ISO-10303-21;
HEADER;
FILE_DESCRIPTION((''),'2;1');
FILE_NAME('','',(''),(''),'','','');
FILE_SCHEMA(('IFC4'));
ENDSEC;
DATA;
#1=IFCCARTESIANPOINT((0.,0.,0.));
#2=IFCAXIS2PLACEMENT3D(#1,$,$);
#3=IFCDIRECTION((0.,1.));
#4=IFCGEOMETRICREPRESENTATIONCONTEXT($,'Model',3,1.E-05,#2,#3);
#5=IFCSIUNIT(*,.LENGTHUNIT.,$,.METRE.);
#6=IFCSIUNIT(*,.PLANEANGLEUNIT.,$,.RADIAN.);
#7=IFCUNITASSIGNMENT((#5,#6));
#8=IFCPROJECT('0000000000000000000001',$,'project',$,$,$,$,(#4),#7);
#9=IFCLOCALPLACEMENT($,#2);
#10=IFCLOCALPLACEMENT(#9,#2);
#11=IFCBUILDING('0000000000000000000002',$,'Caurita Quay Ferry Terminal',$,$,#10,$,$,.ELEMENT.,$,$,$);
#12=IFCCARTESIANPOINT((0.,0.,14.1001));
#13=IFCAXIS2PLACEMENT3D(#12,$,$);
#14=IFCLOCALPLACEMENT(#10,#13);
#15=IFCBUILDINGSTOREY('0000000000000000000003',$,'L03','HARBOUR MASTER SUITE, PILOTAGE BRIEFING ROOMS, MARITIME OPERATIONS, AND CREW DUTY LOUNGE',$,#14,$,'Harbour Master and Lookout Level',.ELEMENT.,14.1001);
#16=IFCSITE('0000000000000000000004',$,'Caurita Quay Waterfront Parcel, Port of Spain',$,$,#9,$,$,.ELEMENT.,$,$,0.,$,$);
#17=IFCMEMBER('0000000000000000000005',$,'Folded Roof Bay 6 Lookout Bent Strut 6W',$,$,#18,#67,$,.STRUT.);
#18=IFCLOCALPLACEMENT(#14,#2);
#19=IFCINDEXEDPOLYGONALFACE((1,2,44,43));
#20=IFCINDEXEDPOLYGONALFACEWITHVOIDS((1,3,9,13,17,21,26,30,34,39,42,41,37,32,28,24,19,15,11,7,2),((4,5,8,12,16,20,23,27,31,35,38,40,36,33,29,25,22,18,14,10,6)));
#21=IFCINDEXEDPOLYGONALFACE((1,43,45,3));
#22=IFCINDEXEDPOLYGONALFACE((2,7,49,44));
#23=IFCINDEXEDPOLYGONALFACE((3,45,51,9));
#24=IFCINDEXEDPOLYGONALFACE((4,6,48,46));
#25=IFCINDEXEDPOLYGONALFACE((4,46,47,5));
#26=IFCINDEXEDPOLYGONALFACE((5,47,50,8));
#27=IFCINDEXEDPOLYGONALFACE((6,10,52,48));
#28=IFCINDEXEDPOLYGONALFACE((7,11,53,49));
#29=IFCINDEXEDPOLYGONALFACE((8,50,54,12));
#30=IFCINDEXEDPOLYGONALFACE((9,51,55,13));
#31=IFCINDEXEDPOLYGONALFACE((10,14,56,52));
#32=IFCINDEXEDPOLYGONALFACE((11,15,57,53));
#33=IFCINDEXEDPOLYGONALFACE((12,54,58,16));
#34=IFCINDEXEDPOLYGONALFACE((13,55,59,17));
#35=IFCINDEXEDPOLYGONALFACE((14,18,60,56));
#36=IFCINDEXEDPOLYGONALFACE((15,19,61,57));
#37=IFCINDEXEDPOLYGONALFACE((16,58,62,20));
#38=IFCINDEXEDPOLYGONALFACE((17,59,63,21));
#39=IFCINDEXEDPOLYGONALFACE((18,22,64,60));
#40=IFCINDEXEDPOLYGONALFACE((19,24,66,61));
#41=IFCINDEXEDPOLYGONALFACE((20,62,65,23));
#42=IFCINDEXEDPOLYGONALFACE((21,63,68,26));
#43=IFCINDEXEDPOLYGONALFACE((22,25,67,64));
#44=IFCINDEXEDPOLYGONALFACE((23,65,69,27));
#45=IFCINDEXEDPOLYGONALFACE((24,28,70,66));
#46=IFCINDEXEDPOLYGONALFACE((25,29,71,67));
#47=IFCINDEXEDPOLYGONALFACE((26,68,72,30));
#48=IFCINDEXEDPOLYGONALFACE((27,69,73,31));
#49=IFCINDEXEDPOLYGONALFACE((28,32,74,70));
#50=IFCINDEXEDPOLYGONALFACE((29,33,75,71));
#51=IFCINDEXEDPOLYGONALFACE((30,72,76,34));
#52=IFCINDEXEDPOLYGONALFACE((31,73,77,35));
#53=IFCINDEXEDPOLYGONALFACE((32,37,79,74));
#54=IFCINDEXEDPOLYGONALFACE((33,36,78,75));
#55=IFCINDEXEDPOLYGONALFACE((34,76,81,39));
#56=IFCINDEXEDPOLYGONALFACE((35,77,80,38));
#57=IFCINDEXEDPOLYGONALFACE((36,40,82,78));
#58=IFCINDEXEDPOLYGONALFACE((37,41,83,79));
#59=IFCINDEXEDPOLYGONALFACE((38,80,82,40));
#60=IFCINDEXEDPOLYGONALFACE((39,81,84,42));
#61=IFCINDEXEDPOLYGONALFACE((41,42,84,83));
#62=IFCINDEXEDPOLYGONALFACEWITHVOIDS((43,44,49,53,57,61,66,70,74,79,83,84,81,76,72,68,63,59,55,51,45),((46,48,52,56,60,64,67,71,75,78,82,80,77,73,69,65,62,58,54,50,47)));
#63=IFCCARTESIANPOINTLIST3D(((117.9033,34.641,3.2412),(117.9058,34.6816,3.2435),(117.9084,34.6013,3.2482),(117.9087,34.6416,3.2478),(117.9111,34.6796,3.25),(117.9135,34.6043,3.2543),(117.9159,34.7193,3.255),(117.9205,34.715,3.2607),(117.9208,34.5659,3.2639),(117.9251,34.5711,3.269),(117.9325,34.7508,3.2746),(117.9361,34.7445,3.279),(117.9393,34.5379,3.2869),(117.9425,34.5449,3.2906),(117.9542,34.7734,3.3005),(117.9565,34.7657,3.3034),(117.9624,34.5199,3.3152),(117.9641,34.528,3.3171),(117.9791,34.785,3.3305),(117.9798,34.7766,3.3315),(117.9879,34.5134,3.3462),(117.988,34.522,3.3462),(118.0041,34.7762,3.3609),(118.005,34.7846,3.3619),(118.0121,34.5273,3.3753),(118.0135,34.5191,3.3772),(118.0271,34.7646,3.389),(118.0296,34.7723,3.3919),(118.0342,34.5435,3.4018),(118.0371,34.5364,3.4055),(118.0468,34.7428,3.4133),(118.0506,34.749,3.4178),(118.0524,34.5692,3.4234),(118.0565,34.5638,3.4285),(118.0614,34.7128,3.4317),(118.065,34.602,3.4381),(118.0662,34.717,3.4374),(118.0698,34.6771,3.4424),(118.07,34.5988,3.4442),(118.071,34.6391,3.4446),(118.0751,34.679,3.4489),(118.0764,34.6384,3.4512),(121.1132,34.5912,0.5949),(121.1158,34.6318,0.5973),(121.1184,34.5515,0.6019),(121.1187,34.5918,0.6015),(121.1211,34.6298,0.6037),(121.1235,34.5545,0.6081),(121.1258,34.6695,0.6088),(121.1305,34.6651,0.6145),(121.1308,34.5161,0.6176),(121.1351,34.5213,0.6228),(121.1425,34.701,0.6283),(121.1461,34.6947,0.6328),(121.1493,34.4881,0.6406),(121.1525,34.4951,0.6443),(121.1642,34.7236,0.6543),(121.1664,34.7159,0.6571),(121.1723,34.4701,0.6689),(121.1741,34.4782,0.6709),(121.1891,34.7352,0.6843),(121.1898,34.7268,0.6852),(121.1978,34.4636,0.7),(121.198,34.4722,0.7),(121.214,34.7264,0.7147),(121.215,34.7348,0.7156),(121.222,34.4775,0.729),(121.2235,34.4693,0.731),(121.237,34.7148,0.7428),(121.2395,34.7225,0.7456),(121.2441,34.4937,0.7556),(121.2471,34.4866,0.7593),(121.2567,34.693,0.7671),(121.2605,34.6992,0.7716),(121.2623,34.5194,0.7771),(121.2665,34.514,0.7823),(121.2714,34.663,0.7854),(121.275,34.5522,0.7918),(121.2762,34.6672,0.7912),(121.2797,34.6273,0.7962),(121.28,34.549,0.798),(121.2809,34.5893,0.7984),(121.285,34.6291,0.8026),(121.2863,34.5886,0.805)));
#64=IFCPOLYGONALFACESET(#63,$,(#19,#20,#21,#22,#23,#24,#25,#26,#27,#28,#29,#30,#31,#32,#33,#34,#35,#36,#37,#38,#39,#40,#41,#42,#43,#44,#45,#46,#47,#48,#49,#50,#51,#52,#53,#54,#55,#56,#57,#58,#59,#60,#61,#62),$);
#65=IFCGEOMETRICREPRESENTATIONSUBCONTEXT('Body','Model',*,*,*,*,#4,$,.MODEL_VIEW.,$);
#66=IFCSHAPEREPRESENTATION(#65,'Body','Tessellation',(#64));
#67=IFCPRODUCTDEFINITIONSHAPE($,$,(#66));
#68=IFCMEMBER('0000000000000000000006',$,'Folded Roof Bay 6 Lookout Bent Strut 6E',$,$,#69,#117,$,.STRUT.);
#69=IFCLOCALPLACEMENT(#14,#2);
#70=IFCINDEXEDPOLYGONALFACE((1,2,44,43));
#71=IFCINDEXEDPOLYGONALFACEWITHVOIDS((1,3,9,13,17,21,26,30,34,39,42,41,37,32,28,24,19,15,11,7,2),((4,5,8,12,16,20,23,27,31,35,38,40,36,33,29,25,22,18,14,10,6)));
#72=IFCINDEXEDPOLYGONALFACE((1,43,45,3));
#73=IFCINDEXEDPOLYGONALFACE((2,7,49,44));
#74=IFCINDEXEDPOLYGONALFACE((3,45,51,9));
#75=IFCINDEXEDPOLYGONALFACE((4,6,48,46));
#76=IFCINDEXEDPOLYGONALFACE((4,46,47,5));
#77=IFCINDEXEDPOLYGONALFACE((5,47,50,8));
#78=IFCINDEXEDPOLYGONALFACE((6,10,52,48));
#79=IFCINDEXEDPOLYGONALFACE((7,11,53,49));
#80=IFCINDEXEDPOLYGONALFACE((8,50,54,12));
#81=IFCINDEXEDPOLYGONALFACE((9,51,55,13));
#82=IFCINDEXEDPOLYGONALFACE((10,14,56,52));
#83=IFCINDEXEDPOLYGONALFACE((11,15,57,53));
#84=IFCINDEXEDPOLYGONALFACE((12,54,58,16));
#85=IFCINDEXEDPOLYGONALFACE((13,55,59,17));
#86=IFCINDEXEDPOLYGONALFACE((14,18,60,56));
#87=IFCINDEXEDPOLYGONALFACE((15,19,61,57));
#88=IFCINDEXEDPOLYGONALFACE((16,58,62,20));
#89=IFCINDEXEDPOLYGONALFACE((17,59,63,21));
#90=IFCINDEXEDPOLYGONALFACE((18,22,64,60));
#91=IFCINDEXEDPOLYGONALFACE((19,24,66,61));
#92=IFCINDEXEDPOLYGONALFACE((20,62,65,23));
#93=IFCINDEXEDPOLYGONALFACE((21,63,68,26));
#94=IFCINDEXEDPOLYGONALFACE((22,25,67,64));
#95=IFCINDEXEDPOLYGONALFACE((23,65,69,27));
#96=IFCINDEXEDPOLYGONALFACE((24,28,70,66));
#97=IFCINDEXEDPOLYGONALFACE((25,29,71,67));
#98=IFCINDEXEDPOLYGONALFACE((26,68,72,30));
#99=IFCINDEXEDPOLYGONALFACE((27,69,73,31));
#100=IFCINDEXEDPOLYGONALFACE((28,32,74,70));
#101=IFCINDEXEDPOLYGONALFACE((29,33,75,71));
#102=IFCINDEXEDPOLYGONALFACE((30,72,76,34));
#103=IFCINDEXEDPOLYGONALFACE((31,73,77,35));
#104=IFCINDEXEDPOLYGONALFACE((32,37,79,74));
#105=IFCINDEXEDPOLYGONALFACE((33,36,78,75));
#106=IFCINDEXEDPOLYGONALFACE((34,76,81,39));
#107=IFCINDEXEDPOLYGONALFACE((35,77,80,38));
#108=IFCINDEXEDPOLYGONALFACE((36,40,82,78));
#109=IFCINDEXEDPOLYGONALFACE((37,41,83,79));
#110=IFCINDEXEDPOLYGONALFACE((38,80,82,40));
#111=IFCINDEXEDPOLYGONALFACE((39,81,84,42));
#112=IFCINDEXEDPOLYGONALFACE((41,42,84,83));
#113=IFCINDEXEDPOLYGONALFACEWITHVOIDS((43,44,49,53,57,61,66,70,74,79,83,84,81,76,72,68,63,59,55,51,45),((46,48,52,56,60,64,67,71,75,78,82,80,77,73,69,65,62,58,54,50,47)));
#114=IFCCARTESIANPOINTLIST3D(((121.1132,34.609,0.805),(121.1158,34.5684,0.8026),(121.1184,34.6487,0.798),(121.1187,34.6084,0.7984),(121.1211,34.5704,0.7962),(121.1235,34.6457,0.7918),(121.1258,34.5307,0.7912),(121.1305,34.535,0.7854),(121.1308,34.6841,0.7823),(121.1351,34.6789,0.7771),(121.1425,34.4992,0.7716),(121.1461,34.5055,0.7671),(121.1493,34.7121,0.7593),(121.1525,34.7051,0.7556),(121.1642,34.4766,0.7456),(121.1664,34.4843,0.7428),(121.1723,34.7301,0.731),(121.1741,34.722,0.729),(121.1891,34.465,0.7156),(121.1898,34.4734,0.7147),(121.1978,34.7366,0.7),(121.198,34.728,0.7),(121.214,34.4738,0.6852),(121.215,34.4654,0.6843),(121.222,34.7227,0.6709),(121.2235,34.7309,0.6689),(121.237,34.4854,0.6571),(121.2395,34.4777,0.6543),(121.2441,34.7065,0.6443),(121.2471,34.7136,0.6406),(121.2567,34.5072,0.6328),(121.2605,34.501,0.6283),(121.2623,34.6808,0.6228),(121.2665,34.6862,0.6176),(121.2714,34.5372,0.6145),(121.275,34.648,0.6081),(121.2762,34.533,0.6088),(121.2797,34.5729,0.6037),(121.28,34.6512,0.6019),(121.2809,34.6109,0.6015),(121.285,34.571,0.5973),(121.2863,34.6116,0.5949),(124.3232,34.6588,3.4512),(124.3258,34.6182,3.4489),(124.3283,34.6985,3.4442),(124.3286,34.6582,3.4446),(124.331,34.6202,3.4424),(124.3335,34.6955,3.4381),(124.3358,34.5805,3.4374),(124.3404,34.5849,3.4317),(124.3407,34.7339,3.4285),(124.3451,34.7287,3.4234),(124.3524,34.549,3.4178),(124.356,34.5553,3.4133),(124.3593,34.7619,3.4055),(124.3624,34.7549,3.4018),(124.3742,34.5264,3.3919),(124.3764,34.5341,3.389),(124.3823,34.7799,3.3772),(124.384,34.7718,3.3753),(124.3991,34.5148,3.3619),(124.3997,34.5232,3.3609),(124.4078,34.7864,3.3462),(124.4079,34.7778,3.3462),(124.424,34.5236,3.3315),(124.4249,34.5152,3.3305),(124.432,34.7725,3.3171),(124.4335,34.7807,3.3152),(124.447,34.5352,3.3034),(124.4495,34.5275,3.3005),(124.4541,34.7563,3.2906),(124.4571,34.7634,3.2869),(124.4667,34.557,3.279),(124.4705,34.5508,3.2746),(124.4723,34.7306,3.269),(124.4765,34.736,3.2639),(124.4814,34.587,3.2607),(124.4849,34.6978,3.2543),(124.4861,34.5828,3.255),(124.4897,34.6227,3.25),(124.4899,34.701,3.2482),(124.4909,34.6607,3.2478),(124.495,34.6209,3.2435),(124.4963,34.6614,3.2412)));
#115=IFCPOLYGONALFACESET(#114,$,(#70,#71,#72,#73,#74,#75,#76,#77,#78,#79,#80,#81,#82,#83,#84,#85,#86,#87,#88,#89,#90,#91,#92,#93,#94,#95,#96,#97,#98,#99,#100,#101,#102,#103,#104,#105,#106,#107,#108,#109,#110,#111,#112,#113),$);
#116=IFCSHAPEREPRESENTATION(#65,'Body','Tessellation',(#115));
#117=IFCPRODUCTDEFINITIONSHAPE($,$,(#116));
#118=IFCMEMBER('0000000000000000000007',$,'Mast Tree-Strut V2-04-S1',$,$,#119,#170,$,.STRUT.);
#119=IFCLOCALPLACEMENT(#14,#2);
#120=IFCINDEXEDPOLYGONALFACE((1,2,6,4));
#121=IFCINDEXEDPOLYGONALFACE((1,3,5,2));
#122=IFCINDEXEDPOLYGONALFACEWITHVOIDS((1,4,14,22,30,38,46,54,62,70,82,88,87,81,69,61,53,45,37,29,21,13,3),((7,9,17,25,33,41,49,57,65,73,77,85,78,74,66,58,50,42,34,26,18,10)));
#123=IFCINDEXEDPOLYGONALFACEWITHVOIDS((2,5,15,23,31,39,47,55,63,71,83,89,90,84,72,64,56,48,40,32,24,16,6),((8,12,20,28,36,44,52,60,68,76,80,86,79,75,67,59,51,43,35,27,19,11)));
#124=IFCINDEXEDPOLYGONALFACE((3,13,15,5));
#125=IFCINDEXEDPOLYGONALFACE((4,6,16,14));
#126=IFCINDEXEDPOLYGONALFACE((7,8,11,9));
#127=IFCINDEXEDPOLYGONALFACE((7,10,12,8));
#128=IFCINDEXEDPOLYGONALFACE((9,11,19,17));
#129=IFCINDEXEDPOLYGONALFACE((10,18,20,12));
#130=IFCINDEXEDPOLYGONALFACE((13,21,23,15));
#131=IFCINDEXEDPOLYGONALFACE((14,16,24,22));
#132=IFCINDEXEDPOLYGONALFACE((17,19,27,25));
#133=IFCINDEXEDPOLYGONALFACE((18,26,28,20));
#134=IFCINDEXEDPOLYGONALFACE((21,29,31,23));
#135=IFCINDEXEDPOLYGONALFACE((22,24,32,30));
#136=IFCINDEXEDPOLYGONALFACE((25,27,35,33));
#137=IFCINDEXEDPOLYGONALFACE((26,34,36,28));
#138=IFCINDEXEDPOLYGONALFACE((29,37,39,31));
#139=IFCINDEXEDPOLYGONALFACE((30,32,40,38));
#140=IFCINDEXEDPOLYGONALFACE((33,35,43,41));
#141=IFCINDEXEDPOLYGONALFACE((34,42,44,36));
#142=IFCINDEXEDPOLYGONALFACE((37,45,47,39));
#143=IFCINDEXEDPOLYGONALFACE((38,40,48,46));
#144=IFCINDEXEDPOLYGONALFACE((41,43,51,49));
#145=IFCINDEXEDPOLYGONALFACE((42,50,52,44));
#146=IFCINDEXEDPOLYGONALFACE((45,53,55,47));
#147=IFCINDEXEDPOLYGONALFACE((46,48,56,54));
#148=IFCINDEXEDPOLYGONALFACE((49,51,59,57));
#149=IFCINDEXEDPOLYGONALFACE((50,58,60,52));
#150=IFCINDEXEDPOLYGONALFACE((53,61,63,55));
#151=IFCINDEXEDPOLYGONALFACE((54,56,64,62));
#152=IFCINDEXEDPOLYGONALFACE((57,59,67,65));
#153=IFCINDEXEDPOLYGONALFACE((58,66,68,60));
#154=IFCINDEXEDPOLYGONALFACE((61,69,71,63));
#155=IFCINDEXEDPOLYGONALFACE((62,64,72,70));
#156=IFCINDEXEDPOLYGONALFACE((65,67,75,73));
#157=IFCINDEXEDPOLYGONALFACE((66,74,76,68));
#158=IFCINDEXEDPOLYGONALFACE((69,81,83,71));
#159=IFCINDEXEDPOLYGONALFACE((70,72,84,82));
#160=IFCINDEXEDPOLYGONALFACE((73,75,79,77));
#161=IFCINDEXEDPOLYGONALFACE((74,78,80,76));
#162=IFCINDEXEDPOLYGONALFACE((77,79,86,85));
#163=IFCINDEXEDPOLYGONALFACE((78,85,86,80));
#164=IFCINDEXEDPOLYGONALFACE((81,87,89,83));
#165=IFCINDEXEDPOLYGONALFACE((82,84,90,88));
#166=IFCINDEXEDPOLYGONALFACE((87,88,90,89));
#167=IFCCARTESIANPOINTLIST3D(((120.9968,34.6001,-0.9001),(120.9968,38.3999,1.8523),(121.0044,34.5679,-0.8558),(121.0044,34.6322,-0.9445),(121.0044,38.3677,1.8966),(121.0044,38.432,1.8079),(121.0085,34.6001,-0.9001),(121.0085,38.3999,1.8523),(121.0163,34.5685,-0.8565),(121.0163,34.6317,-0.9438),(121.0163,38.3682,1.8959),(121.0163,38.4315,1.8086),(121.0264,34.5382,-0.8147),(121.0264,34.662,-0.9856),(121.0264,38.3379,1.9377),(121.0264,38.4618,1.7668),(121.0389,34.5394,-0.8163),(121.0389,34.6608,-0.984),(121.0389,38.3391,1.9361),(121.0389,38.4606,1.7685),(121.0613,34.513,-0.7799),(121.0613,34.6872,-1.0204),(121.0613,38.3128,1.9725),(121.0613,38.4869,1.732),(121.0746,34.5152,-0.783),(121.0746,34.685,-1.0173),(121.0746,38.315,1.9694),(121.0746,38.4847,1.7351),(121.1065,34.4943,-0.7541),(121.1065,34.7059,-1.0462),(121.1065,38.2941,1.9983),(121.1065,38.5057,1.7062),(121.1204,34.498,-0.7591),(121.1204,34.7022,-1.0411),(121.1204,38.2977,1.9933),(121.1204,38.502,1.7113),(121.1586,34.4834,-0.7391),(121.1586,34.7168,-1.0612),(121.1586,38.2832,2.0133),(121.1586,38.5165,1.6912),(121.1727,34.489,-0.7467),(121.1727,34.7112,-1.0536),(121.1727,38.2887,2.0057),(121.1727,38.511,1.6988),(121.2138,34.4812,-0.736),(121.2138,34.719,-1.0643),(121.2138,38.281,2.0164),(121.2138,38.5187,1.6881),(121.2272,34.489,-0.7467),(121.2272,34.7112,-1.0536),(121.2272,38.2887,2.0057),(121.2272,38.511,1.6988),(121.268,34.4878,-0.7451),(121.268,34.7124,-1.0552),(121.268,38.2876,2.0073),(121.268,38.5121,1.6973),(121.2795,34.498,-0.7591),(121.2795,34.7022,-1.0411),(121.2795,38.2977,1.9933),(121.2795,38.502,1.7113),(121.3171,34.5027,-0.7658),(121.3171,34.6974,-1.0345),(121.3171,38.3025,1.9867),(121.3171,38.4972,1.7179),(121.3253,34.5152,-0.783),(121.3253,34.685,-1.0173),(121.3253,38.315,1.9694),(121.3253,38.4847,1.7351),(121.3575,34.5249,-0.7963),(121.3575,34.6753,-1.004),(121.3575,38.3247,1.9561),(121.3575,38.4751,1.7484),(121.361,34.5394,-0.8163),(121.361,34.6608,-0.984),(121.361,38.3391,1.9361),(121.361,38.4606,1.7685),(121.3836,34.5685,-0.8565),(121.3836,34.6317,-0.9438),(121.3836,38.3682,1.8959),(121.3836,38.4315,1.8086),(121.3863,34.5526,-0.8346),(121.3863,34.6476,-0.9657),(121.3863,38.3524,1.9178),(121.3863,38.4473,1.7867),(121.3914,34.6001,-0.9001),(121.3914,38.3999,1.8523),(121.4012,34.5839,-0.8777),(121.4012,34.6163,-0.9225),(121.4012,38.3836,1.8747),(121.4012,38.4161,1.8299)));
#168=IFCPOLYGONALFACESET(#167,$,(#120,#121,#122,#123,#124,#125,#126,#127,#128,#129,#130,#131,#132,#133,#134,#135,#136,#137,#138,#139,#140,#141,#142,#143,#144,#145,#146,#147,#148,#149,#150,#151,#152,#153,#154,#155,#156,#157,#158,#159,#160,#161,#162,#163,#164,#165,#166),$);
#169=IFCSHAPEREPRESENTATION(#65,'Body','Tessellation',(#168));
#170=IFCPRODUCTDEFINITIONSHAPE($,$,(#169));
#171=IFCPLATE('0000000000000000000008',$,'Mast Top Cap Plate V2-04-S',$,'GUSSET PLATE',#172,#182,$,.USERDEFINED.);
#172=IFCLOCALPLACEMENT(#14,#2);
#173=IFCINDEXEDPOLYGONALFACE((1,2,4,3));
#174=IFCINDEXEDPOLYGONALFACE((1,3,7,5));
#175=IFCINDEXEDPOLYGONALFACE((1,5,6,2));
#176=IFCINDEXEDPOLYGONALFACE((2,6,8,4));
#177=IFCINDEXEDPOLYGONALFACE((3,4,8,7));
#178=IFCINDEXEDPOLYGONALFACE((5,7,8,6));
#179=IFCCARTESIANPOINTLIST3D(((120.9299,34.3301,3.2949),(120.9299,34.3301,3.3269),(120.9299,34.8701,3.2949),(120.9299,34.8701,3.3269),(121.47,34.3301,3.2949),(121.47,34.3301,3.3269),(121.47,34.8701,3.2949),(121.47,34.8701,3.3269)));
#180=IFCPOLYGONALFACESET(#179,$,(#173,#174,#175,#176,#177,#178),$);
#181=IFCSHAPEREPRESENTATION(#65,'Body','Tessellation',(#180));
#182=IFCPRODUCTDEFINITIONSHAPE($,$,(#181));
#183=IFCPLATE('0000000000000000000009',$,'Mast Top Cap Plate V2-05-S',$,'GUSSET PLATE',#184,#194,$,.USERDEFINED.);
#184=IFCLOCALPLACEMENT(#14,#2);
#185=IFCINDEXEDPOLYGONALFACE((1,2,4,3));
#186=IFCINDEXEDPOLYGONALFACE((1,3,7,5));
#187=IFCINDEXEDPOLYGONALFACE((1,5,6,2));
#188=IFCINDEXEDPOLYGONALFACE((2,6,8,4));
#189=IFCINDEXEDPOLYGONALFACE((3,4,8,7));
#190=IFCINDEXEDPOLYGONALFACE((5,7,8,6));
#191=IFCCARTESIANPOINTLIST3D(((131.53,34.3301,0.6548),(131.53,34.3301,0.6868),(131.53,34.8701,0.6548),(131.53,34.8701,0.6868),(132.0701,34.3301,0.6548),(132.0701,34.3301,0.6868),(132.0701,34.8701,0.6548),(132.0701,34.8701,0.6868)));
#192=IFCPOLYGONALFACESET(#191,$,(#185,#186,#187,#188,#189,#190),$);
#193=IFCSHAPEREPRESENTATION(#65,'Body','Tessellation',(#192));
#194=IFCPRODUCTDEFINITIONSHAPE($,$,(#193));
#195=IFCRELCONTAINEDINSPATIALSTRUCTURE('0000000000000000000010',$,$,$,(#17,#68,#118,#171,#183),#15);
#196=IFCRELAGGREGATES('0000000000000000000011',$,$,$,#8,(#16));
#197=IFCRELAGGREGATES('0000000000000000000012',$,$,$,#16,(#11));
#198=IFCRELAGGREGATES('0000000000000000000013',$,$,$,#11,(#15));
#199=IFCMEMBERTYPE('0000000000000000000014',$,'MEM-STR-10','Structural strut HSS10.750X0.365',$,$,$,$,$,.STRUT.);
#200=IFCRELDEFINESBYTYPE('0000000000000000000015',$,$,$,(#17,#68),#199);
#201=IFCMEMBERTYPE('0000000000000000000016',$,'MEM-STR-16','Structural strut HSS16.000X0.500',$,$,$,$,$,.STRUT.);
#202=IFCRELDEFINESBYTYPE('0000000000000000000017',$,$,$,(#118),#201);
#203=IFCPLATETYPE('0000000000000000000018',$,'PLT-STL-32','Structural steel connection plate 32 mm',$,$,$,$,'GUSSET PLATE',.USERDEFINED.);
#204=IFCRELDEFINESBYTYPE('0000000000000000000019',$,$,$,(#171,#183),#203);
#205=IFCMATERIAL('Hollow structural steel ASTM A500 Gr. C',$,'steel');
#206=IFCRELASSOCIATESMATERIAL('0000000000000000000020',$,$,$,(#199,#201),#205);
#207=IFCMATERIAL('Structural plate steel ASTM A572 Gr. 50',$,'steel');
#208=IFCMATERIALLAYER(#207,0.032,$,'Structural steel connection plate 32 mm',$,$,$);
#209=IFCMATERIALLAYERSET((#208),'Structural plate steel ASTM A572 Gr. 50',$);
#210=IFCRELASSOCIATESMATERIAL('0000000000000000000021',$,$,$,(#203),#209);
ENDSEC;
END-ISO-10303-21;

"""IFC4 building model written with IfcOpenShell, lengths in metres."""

from ifc_helpers import new_model, si_unit, direction, frame, origin, origin_2d, place, context, subcontext, project, spatial, rectangle, hollow_circle, extrude, material, layer, layer_set, material_profile, profile_set, type_object, element, save


model = new_model("IFC4")

# Units and contexts
model_context = context("Model", 3, precision=1e-05, world=origin(), true_north=direction((0.0, 1.0)))
body_context = subcontext(model_context, "Body", "Model", "MODEL_VIEW")
ifc_project = project(units=[si_unit("LENGTHUNIT", "METRE"), si_unit("PLANEANGLEUNIT", "RADIAN")], contexts=[model_context])

# Site, building, storey
site_placement = place(None, origin())
site = spatial("IfcSite", under=ifc_project, at=site_placement, Name="Caurita Quay Waterfront Parcel, Port of Spain", CompositionType="ELEMENT", RefElevation=0.0)
building_placement = place(site_placement, origin())
building = spatial("IfcBuilding", under=site, at=building_placement, Name="Caurita Quay Ferry Terminal", CompositionType="ELEMENT")
storey_placement = place(building_placement, frame((0.0, 0.0, 14.1001)))
storey = spatial("IfcBuildingStorey", under=building, at=storey_placement, Name="L03", Description="HARBOUR MASTER SUITE, PILOTAGE BRIEFING ROOMS, MARITIME OPERATIONS, AND CREW DUTY LOUNGE", LongName="Harbour Master and Lookout Level", CompositionType="ELEMENT", Elevation=14.1001)

# Shared definitions
ifc_material_1 = material(Name="Hollow structural steel ASTM A500 Gr. C", Category="steel")

# Members
ifc_material_profile_1 = material_profile(ifc_material_1, hollow_circle(Radius=0.1365, WallThickness=0.0085, at=origin_2d()), Name="HSS10.750X0.365")
ifc_profile_set_1 = profile_set([ifc_material_profile_1], Name="Hollow structural steel ASTM A500 Gr. C")
member_type_1 = type_object("IfcMemberType", Name="MEM-STR-10", Description="Structural strut HSS10.750X0.365", PredefinedType="STRUT", material=ifc_profile_set_1)
for number, where, z_axis, x_axis, name in (
    (1, (121.2, 34.6001, 0.7), (-0.771551, 0.011971, 0.636054), (-0.015514, -0.99988, 0.0), "Folded Roof Bay 6 Lookout Bent Strut 6W"),
    (2, (121.2, 34.6001, 0.7), (0.771551, 0.011971, 0.636054), (-0.015514, 0.99988, 0.0), "Folded Roof Bay 6 Lookout Bent Strut 6E"),
):
    element("IfcMember", number, at=place(storey_placement, frame(where, z_axis=z_axis, x_axis=x_axis)), inside=storey, type_object=member_type_1, Name=name, PredefinedType="STRUT", context=body_context, shape_type="SweptSolid", body=[
        extrude(hollow_circle(Radius=0.1365, WallThickness=0.0085, at=origin_2d()), origin(), (0.0, 0.0, 1.0), 4.1604),
    ])
ifc_material_profile_2 = material_profile(ifc_material_1, hollow_circle(Radius=0.2031, WallThickness=0.0117, at=origin_2d()), Name="HSS16.000X0.500")
ifc_profile_set_2 = profile_set([ifc_material_profile_2], Name="Hollow structural steel ASTM A500 Gr. C")
member_type_2 = type_object("IfcMemberType", Name="MEM-STR-16", Description="Structural strut HSS16.000X0.500", PredefinedType="STRUT", material=ifc_profile_set_2)
member_1_placement = place(storey_placement, frame((121.2, 34.6001, -0.9001), z_axis=(0.0, 0.809855, 0.58663), x_axis=(-1.0, 0.0, 0.0)))
element("IfcMember", 3, at=member_1_placement, inside=storey, type_object=member_type_2, Name="Mast Tree-Strut V2-04-S1", PredefinedType="STRUT", context=body_context, shape_type="SweptSolid", body=[
    extrude(hollow_circle(Radius=0.2031, WallThickness=0.0117, at=origin_2d()), origin(), (0.0, 0.0, 1.0), 4.6919),
])

# Plates
ifc_material_2 = material(Name="Structural plate steel ASTM A572 Gr. 50", Category="steel")
ifc_layer_1 = layer(ifc_material_2, 0.032, Name="Structural steel connection plate 32 mm")
ifc_layer_set_1 = layer_set([ifc_layer_1], Name="Structural plate steel ASTM A572 Gr. 50")
plate_type_1 = type_object("IfcPlateType", Name="PLT-STL-32", Description="Structural steel connection plate 32 mm", ElementType="GUSSET PLATE", PredefinedType="USERDEFINED", material=ifc_layer_set_1)
for number, where, z_axis, x_axis, name in (
    (4, (121.2, 34.6001, 3.2949), (0.0, 0.0, 1.0), (1.0, 0.0, 0.0), "Mast Top Cap Plate V2-04-S"),
    (5, (131.8, 34.6001, 0.6548), (0.0, 0.0, 1.0), (1.0, 0.0, 0.0), "Mast Top Cap Plate V2-05-S"),
):
    element("IfcPlate", number, at=place(storey_placement, frame(where, z_axis=z_axis, x_axis=x_axis)), inside=storey, type_object=plate_type_1, Name=name, ObjectType="GUSSET PLATE", PredefinedType="USERDEFINED", context=body_context, shape_type="SweptSolid", body=[
        extrude(rectangle(XDim=0.54, YDim=0.54, at=origin_2d()), origin(), (0.0, 0.0, 1.0), 0.032),
    ])

save(model, "model.ifc")
